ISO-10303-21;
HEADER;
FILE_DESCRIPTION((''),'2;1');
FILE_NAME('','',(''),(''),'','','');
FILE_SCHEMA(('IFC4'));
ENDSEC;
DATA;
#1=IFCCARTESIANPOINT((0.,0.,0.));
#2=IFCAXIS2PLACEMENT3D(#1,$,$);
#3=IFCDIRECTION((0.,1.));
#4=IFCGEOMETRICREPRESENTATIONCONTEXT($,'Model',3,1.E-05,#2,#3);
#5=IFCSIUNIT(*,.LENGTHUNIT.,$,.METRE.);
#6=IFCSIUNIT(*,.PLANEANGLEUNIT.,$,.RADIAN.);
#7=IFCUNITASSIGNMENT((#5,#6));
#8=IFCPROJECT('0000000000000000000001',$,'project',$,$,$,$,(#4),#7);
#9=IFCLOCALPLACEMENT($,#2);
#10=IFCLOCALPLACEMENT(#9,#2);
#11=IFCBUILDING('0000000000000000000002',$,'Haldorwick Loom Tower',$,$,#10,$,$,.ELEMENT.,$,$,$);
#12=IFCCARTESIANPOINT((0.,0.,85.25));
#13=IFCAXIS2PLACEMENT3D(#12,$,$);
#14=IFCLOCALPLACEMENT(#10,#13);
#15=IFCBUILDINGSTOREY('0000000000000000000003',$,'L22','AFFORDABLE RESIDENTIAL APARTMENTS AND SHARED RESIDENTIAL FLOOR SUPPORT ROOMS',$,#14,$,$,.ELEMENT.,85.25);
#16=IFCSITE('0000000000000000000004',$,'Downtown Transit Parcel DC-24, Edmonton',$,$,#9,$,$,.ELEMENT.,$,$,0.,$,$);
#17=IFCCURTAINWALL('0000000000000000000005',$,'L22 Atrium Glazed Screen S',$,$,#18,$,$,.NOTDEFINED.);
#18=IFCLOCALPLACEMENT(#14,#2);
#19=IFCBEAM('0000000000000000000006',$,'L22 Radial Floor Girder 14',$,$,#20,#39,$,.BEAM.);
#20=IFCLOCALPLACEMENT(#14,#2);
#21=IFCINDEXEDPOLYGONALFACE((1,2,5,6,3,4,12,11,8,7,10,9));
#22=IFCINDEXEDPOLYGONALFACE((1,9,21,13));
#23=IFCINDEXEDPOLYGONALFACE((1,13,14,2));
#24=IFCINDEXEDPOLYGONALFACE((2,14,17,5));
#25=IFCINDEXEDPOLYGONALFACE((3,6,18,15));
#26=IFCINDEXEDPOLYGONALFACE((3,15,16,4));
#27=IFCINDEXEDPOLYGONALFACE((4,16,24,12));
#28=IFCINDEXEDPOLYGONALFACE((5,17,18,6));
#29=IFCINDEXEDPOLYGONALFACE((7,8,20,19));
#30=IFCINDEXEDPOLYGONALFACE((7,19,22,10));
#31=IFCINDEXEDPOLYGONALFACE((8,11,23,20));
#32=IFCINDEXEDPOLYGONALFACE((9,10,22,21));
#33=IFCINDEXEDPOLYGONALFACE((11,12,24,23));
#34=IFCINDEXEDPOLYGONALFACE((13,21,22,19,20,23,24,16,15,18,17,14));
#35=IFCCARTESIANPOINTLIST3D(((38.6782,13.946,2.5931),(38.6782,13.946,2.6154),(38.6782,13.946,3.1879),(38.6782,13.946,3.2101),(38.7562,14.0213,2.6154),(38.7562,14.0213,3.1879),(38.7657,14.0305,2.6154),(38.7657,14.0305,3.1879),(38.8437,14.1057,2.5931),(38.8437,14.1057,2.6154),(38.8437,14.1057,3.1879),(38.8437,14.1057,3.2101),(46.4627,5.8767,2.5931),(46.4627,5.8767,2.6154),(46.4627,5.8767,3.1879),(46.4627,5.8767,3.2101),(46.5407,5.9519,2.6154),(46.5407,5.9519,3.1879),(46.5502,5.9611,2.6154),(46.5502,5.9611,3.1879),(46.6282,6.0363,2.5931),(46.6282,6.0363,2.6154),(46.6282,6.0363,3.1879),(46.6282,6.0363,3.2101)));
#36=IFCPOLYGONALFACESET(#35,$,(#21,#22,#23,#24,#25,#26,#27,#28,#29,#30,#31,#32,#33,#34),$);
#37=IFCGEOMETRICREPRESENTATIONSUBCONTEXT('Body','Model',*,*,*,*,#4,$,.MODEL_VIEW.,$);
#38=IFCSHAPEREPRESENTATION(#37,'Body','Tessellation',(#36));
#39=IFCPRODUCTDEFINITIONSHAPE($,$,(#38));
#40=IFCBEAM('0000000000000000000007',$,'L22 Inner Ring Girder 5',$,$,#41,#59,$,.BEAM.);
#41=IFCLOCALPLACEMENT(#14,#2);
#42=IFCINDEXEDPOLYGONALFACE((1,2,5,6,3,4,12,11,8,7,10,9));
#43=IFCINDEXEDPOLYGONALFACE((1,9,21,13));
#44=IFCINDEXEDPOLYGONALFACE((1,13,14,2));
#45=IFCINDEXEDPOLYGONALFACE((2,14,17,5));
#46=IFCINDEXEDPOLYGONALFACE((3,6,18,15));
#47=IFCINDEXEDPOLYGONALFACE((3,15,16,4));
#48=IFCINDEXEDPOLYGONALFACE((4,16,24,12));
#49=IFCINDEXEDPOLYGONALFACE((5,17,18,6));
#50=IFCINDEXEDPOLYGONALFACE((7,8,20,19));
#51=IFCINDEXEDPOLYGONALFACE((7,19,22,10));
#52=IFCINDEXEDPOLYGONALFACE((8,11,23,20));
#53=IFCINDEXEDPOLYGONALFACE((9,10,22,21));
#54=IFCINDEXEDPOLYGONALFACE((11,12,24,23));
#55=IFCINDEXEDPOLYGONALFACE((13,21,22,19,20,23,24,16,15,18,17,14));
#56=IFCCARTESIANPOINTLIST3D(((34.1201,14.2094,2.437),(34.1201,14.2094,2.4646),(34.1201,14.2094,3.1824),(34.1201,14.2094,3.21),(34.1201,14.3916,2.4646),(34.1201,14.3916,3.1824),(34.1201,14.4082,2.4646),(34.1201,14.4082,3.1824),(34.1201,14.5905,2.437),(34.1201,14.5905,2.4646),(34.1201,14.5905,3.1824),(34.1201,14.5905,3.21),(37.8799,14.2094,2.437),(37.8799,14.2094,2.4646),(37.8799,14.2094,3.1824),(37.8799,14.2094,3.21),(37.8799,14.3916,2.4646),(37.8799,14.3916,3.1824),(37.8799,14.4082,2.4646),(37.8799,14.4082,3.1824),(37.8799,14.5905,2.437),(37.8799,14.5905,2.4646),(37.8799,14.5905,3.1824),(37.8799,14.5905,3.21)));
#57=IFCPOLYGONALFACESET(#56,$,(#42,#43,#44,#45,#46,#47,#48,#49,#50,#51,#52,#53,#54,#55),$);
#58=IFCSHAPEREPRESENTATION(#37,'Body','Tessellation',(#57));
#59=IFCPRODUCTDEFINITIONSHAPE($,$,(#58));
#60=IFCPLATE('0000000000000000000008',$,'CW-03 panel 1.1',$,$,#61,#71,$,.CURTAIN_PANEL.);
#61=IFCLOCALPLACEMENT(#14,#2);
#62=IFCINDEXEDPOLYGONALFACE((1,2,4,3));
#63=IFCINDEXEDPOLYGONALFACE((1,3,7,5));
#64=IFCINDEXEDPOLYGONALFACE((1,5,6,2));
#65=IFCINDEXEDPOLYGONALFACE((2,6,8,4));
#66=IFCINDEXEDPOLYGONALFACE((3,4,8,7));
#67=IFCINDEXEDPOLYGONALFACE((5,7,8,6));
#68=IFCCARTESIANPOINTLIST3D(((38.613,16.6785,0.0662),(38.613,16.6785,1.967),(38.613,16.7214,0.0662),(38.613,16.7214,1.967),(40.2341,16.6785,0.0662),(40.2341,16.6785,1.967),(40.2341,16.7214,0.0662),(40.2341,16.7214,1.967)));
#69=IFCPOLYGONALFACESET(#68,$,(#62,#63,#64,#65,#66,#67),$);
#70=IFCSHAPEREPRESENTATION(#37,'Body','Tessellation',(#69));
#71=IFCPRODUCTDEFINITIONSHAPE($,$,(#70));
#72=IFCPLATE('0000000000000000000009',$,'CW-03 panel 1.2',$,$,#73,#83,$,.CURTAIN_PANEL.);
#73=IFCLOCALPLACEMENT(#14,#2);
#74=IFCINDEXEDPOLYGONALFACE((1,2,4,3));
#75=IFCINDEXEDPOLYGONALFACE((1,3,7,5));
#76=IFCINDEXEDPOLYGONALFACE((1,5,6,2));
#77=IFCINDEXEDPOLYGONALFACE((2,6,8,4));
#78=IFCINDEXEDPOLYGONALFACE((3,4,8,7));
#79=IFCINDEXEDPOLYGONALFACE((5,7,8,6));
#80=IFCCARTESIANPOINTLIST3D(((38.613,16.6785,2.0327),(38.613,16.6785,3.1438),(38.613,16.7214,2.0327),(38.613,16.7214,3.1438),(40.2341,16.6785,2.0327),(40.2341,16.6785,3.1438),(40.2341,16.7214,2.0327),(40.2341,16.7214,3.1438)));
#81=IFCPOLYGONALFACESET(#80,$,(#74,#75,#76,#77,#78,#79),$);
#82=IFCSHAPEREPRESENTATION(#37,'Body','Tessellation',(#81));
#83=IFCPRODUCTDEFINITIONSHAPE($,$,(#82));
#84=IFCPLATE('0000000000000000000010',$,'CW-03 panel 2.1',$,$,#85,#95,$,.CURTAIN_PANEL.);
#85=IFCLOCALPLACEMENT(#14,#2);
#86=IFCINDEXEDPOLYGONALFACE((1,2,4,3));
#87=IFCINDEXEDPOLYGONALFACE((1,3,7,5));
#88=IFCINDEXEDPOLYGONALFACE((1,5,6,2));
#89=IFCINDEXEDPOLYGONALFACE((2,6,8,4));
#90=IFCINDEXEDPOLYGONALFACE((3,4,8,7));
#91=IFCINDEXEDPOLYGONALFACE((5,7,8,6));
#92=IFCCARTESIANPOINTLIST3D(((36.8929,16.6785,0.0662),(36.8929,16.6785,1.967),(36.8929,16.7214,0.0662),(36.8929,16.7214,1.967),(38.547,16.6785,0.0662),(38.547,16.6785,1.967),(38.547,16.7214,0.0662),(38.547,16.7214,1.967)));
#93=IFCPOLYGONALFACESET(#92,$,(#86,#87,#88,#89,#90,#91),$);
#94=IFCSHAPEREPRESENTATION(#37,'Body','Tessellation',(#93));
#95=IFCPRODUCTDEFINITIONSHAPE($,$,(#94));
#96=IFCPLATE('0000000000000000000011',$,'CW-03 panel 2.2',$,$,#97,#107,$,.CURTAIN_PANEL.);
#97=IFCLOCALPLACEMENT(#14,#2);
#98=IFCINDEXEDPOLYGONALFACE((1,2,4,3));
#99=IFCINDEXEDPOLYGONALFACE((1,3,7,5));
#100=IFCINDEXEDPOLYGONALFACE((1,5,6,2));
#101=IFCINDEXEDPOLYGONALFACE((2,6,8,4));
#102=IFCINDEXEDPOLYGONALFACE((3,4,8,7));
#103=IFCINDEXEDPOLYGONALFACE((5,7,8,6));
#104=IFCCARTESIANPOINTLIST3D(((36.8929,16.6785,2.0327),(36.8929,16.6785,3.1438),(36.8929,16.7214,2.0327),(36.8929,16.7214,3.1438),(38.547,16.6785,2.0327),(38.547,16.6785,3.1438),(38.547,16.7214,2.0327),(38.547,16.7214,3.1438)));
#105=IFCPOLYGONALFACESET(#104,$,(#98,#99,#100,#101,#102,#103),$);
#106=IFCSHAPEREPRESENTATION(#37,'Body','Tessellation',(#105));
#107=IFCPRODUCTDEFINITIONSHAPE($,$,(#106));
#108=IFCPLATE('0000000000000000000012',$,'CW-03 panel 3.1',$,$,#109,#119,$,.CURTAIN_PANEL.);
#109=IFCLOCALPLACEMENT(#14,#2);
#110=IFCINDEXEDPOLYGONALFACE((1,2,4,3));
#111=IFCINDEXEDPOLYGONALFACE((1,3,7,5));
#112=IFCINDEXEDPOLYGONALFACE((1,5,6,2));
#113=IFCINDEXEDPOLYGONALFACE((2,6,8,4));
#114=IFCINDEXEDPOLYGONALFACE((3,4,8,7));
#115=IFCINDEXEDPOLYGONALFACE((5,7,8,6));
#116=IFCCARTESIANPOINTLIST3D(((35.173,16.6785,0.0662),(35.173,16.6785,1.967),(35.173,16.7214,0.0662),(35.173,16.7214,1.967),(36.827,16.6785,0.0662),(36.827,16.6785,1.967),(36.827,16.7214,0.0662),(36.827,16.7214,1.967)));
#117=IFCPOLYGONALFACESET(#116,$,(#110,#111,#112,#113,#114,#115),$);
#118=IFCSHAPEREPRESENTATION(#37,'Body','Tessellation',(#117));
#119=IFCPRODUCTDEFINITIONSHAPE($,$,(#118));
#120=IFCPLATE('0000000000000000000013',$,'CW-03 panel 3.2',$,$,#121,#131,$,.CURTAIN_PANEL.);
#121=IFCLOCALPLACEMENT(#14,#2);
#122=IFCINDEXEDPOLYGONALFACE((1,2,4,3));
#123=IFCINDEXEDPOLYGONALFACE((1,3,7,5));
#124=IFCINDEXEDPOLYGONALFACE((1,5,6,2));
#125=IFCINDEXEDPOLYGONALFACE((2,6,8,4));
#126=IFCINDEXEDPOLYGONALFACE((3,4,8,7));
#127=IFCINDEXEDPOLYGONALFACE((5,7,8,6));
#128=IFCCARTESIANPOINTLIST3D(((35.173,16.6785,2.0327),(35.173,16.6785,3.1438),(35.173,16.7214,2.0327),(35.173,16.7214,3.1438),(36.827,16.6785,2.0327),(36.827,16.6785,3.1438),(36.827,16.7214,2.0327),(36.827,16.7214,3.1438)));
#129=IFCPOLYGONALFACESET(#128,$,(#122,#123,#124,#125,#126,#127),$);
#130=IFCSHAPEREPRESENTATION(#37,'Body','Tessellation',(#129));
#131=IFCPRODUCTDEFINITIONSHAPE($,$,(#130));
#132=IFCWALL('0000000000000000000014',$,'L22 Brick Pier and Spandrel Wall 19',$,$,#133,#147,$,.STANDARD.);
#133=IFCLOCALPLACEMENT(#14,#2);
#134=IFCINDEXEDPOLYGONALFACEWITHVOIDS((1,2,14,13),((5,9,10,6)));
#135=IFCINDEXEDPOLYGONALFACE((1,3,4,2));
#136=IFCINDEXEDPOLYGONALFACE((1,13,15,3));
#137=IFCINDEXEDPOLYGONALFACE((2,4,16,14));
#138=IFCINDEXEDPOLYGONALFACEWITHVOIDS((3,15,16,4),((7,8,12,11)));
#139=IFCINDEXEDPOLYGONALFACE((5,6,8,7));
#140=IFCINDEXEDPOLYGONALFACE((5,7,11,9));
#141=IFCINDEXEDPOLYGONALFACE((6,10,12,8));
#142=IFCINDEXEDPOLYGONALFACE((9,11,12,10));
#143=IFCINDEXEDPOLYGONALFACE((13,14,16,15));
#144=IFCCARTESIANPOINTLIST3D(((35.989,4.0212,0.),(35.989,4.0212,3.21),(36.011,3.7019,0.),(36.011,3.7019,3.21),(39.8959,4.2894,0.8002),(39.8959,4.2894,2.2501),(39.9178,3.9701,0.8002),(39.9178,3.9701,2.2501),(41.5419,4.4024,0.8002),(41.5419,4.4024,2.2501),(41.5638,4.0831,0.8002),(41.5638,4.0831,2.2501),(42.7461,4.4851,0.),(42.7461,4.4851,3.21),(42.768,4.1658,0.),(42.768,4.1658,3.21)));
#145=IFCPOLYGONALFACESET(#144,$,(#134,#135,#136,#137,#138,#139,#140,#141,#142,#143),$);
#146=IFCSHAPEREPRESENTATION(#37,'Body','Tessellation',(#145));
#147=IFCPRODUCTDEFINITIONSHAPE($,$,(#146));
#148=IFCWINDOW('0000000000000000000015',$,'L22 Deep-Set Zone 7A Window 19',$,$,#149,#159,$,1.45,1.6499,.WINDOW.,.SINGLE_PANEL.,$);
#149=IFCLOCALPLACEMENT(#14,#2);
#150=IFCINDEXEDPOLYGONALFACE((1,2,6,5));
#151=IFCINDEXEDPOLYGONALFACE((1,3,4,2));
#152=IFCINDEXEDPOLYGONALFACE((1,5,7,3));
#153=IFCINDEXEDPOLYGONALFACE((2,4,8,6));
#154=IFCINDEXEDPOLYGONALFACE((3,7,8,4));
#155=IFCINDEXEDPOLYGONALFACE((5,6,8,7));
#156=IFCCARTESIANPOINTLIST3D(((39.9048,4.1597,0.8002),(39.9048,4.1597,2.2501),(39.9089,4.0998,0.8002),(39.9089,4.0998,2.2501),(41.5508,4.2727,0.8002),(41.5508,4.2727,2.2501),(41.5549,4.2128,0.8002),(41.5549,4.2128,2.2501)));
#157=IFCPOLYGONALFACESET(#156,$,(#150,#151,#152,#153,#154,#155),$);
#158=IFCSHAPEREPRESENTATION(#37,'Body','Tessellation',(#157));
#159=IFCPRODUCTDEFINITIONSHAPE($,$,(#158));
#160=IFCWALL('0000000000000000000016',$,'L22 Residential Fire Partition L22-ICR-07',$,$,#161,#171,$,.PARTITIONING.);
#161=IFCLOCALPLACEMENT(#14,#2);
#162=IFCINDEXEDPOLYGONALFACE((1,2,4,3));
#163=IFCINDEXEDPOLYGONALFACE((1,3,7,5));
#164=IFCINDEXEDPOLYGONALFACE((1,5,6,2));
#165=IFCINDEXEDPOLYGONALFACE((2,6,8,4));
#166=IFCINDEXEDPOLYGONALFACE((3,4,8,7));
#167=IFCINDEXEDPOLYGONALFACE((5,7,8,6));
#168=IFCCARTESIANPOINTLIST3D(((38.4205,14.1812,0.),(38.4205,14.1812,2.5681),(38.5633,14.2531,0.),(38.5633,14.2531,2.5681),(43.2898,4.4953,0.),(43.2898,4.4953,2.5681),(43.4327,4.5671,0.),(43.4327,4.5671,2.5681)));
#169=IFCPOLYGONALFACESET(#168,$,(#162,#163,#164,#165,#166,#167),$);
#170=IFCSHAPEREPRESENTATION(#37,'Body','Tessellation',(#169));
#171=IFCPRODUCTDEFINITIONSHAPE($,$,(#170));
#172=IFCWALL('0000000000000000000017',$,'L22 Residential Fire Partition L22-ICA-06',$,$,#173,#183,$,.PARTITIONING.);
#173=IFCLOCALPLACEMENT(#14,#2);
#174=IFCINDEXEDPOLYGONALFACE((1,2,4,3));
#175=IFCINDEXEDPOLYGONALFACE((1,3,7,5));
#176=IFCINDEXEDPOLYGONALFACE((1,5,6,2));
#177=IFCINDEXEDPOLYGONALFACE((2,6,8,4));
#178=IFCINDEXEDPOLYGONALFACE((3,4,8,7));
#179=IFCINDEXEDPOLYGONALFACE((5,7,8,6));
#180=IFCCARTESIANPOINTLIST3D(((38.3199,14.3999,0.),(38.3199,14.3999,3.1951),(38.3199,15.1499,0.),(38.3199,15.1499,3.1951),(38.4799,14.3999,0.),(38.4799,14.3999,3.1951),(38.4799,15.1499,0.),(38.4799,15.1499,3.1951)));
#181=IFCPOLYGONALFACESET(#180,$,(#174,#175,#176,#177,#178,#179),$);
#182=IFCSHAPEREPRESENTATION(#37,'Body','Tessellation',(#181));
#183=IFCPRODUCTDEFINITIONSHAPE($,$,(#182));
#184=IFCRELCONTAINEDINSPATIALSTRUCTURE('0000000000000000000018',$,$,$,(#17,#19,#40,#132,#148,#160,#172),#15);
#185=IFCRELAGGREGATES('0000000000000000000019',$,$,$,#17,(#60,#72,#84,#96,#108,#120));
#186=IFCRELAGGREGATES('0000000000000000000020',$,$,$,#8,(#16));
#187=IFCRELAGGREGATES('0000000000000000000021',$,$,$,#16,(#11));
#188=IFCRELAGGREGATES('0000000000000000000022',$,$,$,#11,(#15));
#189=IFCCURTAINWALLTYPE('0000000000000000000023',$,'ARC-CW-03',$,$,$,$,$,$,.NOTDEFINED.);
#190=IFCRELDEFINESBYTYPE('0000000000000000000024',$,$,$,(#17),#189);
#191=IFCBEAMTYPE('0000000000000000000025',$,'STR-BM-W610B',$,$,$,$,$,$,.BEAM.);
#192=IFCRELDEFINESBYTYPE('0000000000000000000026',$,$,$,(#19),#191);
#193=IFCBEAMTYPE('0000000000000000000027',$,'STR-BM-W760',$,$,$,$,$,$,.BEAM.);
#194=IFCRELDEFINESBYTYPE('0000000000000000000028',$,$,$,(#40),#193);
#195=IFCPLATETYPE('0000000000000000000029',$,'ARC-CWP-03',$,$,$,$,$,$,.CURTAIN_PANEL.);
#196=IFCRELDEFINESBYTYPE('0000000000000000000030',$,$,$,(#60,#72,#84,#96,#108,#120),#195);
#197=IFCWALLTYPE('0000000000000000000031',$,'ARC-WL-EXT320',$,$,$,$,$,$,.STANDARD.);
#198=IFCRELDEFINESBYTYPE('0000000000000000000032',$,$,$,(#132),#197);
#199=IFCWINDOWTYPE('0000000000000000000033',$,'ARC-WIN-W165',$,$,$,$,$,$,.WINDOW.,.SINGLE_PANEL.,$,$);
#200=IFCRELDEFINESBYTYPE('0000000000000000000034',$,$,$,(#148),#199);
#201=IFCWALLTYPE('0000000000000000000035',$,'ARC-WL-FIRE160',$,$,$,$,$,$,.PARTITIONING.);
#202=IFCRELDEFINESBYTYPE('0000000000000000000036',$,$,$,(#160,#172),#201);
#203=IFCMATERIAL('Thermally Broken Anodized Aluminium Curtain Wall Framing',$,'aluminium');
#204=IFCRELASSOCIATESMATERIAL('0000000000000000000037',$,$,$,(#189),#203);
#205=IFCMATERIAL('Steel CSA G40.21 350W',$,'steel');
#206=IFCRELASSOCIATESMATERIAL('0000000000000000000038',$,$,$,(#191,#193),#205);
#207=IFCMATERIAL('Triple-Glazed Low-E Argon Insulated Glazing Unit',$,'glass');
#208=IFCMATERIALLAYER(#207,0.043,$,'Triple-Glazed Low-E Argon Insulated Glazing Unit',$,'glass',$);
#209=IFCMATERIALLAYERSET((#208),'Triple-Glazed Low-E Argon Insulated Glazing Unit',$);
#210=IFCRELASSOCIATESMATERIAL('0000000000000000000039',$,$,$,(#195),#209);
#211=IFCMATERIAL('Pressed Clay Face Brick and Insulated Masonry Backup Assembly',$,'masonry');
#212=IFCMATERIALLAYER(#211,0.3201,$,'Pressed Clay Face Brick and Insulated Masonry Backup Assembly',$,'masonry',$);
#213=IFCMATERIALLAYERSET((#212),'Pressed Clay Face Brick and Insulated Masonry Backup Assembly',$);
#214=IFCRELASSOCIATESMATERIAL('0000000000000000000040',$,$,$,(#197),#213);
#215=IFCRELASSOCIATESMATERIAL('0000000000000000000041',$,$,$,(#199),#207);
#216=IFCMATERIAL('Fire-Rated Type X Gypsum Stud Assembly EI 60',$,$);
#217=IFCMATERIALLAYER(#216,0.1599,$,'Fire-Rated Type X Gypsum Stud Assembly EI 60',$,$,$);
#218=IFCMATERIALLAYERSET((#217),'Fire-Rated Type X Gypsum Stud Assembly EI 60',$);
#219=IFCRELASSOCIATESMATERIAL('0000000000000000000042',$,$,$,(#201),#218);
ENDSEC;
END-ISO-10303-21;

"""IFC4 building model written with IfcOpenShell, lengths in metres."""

from ifc_helpers import new_model, si_unit, direction, frame, frame_2d, origin, origin_2d, place, context, subcontext, project, spatial, rectangle, i_section, extrude, material, layer, layer_set, material_profile, profile_set, type_object, element, fill, aggregate, save


model = new_model("IFC4")

# Units and contexts
model_context = context("Model", 3, precision=1e-05, world=origin(), true_north=direction((0.0, 1.0)))
body_context = subcontext(model_context, "Body", "Model", "MODEL_VIEW")
ifc_project = project(units=[si_unit("LENGTHUNIT", "METRE"), si_unit("PLANEANGLEUNIT", "RADIAN")], contexts=[model_context])

# Site, building, storey
site_placement = place(None, origin())
site = spatial("IfcSite", under=ifc_project, at=site_placement, Name="Downtown Transit Parcel DC-24, Edmonton", CompositionType="ELEMENT", RefElevation=0.0)
building_placement = place(site_placement, origin())
building = spatial("IfcBuilding", under=site, at=building_placement, Name="Haldorwick Loom Tower", CompositionType="ELEMENT")
storey_placement = place(building_placement, frame((0.0, 0.0, 85.25)))
storey = spatial("IfcBuildingStorey", under=building, at=storey_placement, Name="L22", Description="AFFORDABLE RESIDENTIAL APARTMENTS AND SHARED RESIDENTIAL FLOOR SUPPORT ROOMS", CompositionType="ELEMENT", Elevation=85.25)

# Curtain wall
ifc_material_1 = material(Name="Thermally Broken Anodized Aluminium Curtain Wall Framing", Category="aluminium")
curtain_wall_type = type_object("IfcCurtainWallType", Name="ARC-CW-03", PredefinedType="NOTDEFINED", material=ifc_material_1)
curtain_wall_placement = place(storey_placement, origin())
curtain_wall = element("IfcCurtainWall", 1, at=curtain_wall_placement, inside=storey, type_object=curtain_wall_type, Name="L22 Atrium Glazed Screen S", PredefinedType="NOTDEFINED")

# Beams
ifc_material_2 = material(Name="Steel CSA G40.21 350W", Category="steel")
ifc_material_profile_1 = material_profile(ifc_material_2, i_section(OverallWidth=0.23, OverallDepth=0.6169, WebThickness=0.0132, FlangeThickness=0.0222, at=origin_2d()), Name="W610X140", Category="steel")
ifc_profile_set_1 = profile_set([ifc_material_profile_1], Name="Steel CSA G40.21 350W")
beam_type_1 = type_object("IfcBeamType", Name="STR-BM-W610B", PredefinedType="BEAM", material=ifc_profile_set_1)
beam_1_placement = place(storey_placement, frame((38.761, 14.0259, 2.9016), z_axis=(0.694287, -0.719698, 0.0), x_axis=(0.719698, 0.694287, 0.0)))
element("IfcBeam", 2, at=beam_1_placement, inside=storey, type_object=beam_type_1, Name="L22 Radial Floor Girder 14", PredefinedType="BEAM", context=body_context, shape_type="SweptSolid", body=[
    extrude(i_section(OverallWidth=0.23, OverallDepth=0.6169, WebThickness=0.0132, FlangeThickness=0.0222, at=origin_2d()), origin(), (0.0, 0.0, 1.0), 11.2122),
])
ifc_material_profile_2 = material_profile(ifc_material_2, i_section(OverallWidth=0.3811, OverallDepth=0.7729, WebThickness=0.0166, FlangeThickness=0.0276, at=origin_2d()), Name="W760X257", Category="steel")
ifc_profile_set_2 = profile_set([ifc_material_profile_2], Name="Steel CSA G40.21 350W")
beam_type_2 = type_object("IfcBeamType", Name="STR-BM-W760", PredefinedType="BEAM", material=ifc_profile_set_2)
beam_2_placement = place(storey_placement, frame((37.8799, 14.3999, 2.8235), z_axis=(-1.0, 0.0, 0.0), x_axis=(0.0, -1.0, 0.0)))
element("IfcBeam", 3, at=beam_2_placement, inside=storey, type_object=beam_type_2, Name="L22 Inner Ring Girder 5", PredefinedType="BEAM", context=body_context, shape_type="SweptSolid", body=[
    extrude(i_section(OverallWidth=0.3811, OverallDepth=0.7729, WebThickness=0.0166, FlangeThickness=0.0276, at=origin_2d()), origin(), (0.0, 0.0, 1.0), 3.7598),
])

# Plates
ifc_material_3 = material(Name="Triple-Glazed Low-E Argon Insulated Glazing Unit", Category="glass")
ifc_layer_1 = layer(ifc_material_3, 0.043, Name="Triple-Glazed Low-E Argon Insulated Glazing Unit", Category="glass")
ifc_layer_set_1 = layer_set([ifc_layer_1], Name="Triple-Glazed Low-E Argon Insulated Glazing Unit")
plate_type = type_object("IfcPlateType", Name="ARC-CWP-03", PredefinedType="CURTAIN_PANEL", material=ifc_layer_set_1)
plate_1_placement = place(storey_placement, frame((39.4236, 16.7, 0.0662), z_axis=(0.0, 0.0, 1.0), x_axis=(-1.0, 0.0, 0.0)))
plate_1 = element("IfcPlate", 4, at=plate_1_placement, type_object=plate_type, Name="CW-03 panel 1.1", PredefinedType="CURTAIN_PANEL", context=body_context, shape_type="SweptSolid", body=[
    extrude(rectangle(XDim=1.6211, YDim=0.043, at=origin_2d()), origin(), (0.0, 0.0, 1.0), 1.9009),
])
plate_2_placement = place(storey_placement, frame((39.4236, 16.7, 2.0327), z_axis=(0.0, 0.0, 1.0), x_axis=(-1.0, 0.0, 0.0)))
plate_2 = element("IfcPlate", 5, at=plate_2_placement, type_object=plate_type, Name="CW-03 panel 1.2", PredefinedType="CURTAIN_PANEL", context=body_context, shape_type="SweptSolid", body=[
    extrude(rectangle(XDim=1.6211, YDim=0.043, at=origin_2d()), origin(), (0.0, 0.0, 1.0), 1.1111),
])
plate_3_placement = place(storey_placement, frame((37.72, 16.7, 0.0662), z_axis=(0.0, 0.0, 1.0), x_axis=(-1.0, 0.0, 0.0)))
plate_3 = element("IfcPlate", 6, at=plate_3_placement, type_object=plate_type, Name="CW-03 panel 2.1", PredefinedType="CURTAIN_PANEL", context=body_context, shape_type="SweptSolid", body=[
    extrude(rectangle(XDim=1.6541, YDim=0.043, at=origin_2d()), origin(), (0.0, 0.0, 1.0), 1.9009),
])
plate_4_placement = place(storey_placement, frame((37.72, 16.7, 2.0327), z_axis=(0.0, 0.0, 1.0), x_axis=(-1.0, 0.0, 0.0)))
plate_4 = element("IfcPlate", 7, at=plate_4_placement, type_object=plate_type, Name="CW-03 panel 2.2", PredefinedType="CURTAIN_PANEL", context=body_context, shape_type="SweptSolid", body=[
    extrude(rectangle(XDim=1.6541, YDim=0.043, at=origin_2d()), origin(), (0.0, 0.0, 1.0), 1.1111),
])
plate_5_placement = place(storey_placement, frame((36.0, 16.7, 0.0662), z_axis=(0.0, 0.0, 1.0), x_axis=(-1.0, 0.0, 0.0)))
plate_5 = element("IfcPlate", 8, at=plate_5_placement, type_object=plate_type, Name="CW-03 panel 3.1", PredefinedType="CURTAIN_PANEL", context=body_context, shape_type="SweptSolid", body=[
    extrude(rectangle(XDim=1.6541, YDim=0.043, at=origin_2d()), origin(), (0.0, 0.0, 1.0), 1.9009),
])
plate_6_placement = place(storey_placement, frame((36.0, 16.7, 2.0327), z_axis=(0.0, 0.0, 1.0), x_axis=(-1.0, 0.0, 0.0)))
plate_6 = element("IfcPlate", 9, at=plate_6_placement, type_object=plate_type, Name="CW-03 panel 3.2", PredefinedType="CURTAIN_PANEL", context=body_context, shape_type="SweptSolid", body=[
    extrude(rectangle(XDim=1.6541, YDim=0.043, at=origin_2d()), origin(), (0.0, 0.0, 1.0), 1.1111),
])
aggregate(curtain_wall, [plate_1, plate_2, plate_3, plate_4, plate_5, plate_6])

# Wall, opening, window
ifc_material_4 = material(Name="Pressed Clay Face Brick and Insulated Masonry Backup Assembly", Category="masonry")
ifc_layer_2 = layer(ifc_material_4, 0.3201, Name="Pressed Clay Face Brick and Insulated Masonry Backup Assembly", Category="masonry")
ifc_layer_set_2 = layer_set([ifc_layer_2], Name="Pressed Clay Face Brick and Insulated Masonry Backup Assembly")
wall_type_1 = type_object("IfcWallType", Name="ARC-WL-EXT320", PredefinedType="STANDARD", material=ifc_layer_set_2)
wall_1_placement = place(storey_placement, frame((36.0, 3.8616, 0.0), z_axis=(0.0, 0.0, 1.0), x_axis=(0.997652, 0.068488, 0.0)))
wall_1 = element("IfcWall", 10, at=wall_1_placement, inside=storey, type_object=wall_type_1, Name="L22 Brick Pier and Spandrel Wall 19", PredefinedType="STANDARD", context=body_context, shape_type="SweptSolid", body=[
    extrude(rectangle(XDim=6.7729, YDim=0.3201, at=frame_2d((3.3865, 0.0))), origin(), (0.0, 0.0, 1.0), 3.21),
])
opening_1_placement = place(wall_1_placement, frame((3.916, 0.0, 0.8)))
opening_1 = element("IfcOpeningElement", 11, at=opening_1_placement, cuts=wall_1, PredefinedType="OPENING", context=body_context, shape_type="SweptSolid", body=[
    extrude(rectangle(XDim=1.6499, YDim=1.45, at=frame_2d((0.825, 0.7251))), frame((0.0, 0.1699, 0.0), z_axis=(0.0, -1.0, 0.0), x_axis=(1.0, 0.0, 0.0)), (0.0, 0.0, 1.0), 0.3401),
])
window_type = type_object("IfcWindowType", Name="ARC-WIN-W165", PartitioningType="SINGLE_PANEL", PredefinedType="WINDOW", material=ifc_material_3)
window_placement = place(opening_1_placement, origin())
window = element("IfcWindow", 12, at=window_placement, inside=storey, type_object=window_type, Name="L22 Deep-Set Zone 7A Window 19", OverallHeight=1.45, OverallWidth=1.6499, PartitioningType="SINGLE_PANEL", PredefinedType="WINDOW", context=body_context, shape_type="SweptSolid", body=[
    extrude(rectangle(XDim=1.6499, YDim=1.45, at=frame_2d((0.825, 0.7251))), frame((0.0, 0.03, 0.0), z_axis=(0.0, -1.0, 0.0), x_axis=(1.0, 0.0, 0.0)), (0.0, 0.0, 1.0), 0.0601),
])
fill(opening_1, window)

# Walls
ifc_material_5 = material(Name="Fire-Rated Type X Gypsum Stud Assembly EI 60")
ifc_layer_3 = layer(ifc_material_5, 0.1599, Name="Fire-Rated Type X Gypsum Stud Assembly EI 60")
ifc_layer_set_3 = layer_set([ifc_layer_3], Name="Fire-Rated Type X Gypsum Stud Assembly EI 60")
wall_type_2 = type_object("IfcWallType", Name="ARC-WL-FIRE160", PredefinedType="PARTITIONING", material=ifc_layer_set_3)
wall_2_placement = place(storey_placement, frame((38.4919, 14.217, 0.0), z_axis=(0.0, 0.0, 1.0), x_axis=(0.449158, -0.893452, 0.0)))
element("IfcWall", 13, at=wall_2_placement, inside=storey, type_object=wall_type_2, Name="L22 Residential Fire Partition L22-ICR-07", PredefinedType="PARTITIONING", context=body_context, shape_type="SweptSolid", body=[
    extrude(rectangle(XDim=10.8411, YDim=0.1599, at=frame_2d((5.4204, 0.0))), origin(), (0.0, 0.0, 1.0), 2.5681),
])
wall_3_placement = place(storey_placement, frame((38.3999, 15.1499, 0.0), z_axis=(0.0, 0.0, 1.0), x_axis=(0.0, -1.0, 0.0)))
element("IfcWall", 14, at=wall_3_placement, inside=storey, type_object=wall_type_2, Name="L22 Residential Fire Partition L22-ICA-06", PredefinedType="PARTITIONING", context=body_context, shape_type="SweptSolid", body=[
    extrude(rectangle(XDim=0.75, YDim=0.1599, at=frame_2d((0.375, 0.0))), origin(), (0.0, 0.0, 1.0), 3.1951),
])

save(model, "model.ifc")
